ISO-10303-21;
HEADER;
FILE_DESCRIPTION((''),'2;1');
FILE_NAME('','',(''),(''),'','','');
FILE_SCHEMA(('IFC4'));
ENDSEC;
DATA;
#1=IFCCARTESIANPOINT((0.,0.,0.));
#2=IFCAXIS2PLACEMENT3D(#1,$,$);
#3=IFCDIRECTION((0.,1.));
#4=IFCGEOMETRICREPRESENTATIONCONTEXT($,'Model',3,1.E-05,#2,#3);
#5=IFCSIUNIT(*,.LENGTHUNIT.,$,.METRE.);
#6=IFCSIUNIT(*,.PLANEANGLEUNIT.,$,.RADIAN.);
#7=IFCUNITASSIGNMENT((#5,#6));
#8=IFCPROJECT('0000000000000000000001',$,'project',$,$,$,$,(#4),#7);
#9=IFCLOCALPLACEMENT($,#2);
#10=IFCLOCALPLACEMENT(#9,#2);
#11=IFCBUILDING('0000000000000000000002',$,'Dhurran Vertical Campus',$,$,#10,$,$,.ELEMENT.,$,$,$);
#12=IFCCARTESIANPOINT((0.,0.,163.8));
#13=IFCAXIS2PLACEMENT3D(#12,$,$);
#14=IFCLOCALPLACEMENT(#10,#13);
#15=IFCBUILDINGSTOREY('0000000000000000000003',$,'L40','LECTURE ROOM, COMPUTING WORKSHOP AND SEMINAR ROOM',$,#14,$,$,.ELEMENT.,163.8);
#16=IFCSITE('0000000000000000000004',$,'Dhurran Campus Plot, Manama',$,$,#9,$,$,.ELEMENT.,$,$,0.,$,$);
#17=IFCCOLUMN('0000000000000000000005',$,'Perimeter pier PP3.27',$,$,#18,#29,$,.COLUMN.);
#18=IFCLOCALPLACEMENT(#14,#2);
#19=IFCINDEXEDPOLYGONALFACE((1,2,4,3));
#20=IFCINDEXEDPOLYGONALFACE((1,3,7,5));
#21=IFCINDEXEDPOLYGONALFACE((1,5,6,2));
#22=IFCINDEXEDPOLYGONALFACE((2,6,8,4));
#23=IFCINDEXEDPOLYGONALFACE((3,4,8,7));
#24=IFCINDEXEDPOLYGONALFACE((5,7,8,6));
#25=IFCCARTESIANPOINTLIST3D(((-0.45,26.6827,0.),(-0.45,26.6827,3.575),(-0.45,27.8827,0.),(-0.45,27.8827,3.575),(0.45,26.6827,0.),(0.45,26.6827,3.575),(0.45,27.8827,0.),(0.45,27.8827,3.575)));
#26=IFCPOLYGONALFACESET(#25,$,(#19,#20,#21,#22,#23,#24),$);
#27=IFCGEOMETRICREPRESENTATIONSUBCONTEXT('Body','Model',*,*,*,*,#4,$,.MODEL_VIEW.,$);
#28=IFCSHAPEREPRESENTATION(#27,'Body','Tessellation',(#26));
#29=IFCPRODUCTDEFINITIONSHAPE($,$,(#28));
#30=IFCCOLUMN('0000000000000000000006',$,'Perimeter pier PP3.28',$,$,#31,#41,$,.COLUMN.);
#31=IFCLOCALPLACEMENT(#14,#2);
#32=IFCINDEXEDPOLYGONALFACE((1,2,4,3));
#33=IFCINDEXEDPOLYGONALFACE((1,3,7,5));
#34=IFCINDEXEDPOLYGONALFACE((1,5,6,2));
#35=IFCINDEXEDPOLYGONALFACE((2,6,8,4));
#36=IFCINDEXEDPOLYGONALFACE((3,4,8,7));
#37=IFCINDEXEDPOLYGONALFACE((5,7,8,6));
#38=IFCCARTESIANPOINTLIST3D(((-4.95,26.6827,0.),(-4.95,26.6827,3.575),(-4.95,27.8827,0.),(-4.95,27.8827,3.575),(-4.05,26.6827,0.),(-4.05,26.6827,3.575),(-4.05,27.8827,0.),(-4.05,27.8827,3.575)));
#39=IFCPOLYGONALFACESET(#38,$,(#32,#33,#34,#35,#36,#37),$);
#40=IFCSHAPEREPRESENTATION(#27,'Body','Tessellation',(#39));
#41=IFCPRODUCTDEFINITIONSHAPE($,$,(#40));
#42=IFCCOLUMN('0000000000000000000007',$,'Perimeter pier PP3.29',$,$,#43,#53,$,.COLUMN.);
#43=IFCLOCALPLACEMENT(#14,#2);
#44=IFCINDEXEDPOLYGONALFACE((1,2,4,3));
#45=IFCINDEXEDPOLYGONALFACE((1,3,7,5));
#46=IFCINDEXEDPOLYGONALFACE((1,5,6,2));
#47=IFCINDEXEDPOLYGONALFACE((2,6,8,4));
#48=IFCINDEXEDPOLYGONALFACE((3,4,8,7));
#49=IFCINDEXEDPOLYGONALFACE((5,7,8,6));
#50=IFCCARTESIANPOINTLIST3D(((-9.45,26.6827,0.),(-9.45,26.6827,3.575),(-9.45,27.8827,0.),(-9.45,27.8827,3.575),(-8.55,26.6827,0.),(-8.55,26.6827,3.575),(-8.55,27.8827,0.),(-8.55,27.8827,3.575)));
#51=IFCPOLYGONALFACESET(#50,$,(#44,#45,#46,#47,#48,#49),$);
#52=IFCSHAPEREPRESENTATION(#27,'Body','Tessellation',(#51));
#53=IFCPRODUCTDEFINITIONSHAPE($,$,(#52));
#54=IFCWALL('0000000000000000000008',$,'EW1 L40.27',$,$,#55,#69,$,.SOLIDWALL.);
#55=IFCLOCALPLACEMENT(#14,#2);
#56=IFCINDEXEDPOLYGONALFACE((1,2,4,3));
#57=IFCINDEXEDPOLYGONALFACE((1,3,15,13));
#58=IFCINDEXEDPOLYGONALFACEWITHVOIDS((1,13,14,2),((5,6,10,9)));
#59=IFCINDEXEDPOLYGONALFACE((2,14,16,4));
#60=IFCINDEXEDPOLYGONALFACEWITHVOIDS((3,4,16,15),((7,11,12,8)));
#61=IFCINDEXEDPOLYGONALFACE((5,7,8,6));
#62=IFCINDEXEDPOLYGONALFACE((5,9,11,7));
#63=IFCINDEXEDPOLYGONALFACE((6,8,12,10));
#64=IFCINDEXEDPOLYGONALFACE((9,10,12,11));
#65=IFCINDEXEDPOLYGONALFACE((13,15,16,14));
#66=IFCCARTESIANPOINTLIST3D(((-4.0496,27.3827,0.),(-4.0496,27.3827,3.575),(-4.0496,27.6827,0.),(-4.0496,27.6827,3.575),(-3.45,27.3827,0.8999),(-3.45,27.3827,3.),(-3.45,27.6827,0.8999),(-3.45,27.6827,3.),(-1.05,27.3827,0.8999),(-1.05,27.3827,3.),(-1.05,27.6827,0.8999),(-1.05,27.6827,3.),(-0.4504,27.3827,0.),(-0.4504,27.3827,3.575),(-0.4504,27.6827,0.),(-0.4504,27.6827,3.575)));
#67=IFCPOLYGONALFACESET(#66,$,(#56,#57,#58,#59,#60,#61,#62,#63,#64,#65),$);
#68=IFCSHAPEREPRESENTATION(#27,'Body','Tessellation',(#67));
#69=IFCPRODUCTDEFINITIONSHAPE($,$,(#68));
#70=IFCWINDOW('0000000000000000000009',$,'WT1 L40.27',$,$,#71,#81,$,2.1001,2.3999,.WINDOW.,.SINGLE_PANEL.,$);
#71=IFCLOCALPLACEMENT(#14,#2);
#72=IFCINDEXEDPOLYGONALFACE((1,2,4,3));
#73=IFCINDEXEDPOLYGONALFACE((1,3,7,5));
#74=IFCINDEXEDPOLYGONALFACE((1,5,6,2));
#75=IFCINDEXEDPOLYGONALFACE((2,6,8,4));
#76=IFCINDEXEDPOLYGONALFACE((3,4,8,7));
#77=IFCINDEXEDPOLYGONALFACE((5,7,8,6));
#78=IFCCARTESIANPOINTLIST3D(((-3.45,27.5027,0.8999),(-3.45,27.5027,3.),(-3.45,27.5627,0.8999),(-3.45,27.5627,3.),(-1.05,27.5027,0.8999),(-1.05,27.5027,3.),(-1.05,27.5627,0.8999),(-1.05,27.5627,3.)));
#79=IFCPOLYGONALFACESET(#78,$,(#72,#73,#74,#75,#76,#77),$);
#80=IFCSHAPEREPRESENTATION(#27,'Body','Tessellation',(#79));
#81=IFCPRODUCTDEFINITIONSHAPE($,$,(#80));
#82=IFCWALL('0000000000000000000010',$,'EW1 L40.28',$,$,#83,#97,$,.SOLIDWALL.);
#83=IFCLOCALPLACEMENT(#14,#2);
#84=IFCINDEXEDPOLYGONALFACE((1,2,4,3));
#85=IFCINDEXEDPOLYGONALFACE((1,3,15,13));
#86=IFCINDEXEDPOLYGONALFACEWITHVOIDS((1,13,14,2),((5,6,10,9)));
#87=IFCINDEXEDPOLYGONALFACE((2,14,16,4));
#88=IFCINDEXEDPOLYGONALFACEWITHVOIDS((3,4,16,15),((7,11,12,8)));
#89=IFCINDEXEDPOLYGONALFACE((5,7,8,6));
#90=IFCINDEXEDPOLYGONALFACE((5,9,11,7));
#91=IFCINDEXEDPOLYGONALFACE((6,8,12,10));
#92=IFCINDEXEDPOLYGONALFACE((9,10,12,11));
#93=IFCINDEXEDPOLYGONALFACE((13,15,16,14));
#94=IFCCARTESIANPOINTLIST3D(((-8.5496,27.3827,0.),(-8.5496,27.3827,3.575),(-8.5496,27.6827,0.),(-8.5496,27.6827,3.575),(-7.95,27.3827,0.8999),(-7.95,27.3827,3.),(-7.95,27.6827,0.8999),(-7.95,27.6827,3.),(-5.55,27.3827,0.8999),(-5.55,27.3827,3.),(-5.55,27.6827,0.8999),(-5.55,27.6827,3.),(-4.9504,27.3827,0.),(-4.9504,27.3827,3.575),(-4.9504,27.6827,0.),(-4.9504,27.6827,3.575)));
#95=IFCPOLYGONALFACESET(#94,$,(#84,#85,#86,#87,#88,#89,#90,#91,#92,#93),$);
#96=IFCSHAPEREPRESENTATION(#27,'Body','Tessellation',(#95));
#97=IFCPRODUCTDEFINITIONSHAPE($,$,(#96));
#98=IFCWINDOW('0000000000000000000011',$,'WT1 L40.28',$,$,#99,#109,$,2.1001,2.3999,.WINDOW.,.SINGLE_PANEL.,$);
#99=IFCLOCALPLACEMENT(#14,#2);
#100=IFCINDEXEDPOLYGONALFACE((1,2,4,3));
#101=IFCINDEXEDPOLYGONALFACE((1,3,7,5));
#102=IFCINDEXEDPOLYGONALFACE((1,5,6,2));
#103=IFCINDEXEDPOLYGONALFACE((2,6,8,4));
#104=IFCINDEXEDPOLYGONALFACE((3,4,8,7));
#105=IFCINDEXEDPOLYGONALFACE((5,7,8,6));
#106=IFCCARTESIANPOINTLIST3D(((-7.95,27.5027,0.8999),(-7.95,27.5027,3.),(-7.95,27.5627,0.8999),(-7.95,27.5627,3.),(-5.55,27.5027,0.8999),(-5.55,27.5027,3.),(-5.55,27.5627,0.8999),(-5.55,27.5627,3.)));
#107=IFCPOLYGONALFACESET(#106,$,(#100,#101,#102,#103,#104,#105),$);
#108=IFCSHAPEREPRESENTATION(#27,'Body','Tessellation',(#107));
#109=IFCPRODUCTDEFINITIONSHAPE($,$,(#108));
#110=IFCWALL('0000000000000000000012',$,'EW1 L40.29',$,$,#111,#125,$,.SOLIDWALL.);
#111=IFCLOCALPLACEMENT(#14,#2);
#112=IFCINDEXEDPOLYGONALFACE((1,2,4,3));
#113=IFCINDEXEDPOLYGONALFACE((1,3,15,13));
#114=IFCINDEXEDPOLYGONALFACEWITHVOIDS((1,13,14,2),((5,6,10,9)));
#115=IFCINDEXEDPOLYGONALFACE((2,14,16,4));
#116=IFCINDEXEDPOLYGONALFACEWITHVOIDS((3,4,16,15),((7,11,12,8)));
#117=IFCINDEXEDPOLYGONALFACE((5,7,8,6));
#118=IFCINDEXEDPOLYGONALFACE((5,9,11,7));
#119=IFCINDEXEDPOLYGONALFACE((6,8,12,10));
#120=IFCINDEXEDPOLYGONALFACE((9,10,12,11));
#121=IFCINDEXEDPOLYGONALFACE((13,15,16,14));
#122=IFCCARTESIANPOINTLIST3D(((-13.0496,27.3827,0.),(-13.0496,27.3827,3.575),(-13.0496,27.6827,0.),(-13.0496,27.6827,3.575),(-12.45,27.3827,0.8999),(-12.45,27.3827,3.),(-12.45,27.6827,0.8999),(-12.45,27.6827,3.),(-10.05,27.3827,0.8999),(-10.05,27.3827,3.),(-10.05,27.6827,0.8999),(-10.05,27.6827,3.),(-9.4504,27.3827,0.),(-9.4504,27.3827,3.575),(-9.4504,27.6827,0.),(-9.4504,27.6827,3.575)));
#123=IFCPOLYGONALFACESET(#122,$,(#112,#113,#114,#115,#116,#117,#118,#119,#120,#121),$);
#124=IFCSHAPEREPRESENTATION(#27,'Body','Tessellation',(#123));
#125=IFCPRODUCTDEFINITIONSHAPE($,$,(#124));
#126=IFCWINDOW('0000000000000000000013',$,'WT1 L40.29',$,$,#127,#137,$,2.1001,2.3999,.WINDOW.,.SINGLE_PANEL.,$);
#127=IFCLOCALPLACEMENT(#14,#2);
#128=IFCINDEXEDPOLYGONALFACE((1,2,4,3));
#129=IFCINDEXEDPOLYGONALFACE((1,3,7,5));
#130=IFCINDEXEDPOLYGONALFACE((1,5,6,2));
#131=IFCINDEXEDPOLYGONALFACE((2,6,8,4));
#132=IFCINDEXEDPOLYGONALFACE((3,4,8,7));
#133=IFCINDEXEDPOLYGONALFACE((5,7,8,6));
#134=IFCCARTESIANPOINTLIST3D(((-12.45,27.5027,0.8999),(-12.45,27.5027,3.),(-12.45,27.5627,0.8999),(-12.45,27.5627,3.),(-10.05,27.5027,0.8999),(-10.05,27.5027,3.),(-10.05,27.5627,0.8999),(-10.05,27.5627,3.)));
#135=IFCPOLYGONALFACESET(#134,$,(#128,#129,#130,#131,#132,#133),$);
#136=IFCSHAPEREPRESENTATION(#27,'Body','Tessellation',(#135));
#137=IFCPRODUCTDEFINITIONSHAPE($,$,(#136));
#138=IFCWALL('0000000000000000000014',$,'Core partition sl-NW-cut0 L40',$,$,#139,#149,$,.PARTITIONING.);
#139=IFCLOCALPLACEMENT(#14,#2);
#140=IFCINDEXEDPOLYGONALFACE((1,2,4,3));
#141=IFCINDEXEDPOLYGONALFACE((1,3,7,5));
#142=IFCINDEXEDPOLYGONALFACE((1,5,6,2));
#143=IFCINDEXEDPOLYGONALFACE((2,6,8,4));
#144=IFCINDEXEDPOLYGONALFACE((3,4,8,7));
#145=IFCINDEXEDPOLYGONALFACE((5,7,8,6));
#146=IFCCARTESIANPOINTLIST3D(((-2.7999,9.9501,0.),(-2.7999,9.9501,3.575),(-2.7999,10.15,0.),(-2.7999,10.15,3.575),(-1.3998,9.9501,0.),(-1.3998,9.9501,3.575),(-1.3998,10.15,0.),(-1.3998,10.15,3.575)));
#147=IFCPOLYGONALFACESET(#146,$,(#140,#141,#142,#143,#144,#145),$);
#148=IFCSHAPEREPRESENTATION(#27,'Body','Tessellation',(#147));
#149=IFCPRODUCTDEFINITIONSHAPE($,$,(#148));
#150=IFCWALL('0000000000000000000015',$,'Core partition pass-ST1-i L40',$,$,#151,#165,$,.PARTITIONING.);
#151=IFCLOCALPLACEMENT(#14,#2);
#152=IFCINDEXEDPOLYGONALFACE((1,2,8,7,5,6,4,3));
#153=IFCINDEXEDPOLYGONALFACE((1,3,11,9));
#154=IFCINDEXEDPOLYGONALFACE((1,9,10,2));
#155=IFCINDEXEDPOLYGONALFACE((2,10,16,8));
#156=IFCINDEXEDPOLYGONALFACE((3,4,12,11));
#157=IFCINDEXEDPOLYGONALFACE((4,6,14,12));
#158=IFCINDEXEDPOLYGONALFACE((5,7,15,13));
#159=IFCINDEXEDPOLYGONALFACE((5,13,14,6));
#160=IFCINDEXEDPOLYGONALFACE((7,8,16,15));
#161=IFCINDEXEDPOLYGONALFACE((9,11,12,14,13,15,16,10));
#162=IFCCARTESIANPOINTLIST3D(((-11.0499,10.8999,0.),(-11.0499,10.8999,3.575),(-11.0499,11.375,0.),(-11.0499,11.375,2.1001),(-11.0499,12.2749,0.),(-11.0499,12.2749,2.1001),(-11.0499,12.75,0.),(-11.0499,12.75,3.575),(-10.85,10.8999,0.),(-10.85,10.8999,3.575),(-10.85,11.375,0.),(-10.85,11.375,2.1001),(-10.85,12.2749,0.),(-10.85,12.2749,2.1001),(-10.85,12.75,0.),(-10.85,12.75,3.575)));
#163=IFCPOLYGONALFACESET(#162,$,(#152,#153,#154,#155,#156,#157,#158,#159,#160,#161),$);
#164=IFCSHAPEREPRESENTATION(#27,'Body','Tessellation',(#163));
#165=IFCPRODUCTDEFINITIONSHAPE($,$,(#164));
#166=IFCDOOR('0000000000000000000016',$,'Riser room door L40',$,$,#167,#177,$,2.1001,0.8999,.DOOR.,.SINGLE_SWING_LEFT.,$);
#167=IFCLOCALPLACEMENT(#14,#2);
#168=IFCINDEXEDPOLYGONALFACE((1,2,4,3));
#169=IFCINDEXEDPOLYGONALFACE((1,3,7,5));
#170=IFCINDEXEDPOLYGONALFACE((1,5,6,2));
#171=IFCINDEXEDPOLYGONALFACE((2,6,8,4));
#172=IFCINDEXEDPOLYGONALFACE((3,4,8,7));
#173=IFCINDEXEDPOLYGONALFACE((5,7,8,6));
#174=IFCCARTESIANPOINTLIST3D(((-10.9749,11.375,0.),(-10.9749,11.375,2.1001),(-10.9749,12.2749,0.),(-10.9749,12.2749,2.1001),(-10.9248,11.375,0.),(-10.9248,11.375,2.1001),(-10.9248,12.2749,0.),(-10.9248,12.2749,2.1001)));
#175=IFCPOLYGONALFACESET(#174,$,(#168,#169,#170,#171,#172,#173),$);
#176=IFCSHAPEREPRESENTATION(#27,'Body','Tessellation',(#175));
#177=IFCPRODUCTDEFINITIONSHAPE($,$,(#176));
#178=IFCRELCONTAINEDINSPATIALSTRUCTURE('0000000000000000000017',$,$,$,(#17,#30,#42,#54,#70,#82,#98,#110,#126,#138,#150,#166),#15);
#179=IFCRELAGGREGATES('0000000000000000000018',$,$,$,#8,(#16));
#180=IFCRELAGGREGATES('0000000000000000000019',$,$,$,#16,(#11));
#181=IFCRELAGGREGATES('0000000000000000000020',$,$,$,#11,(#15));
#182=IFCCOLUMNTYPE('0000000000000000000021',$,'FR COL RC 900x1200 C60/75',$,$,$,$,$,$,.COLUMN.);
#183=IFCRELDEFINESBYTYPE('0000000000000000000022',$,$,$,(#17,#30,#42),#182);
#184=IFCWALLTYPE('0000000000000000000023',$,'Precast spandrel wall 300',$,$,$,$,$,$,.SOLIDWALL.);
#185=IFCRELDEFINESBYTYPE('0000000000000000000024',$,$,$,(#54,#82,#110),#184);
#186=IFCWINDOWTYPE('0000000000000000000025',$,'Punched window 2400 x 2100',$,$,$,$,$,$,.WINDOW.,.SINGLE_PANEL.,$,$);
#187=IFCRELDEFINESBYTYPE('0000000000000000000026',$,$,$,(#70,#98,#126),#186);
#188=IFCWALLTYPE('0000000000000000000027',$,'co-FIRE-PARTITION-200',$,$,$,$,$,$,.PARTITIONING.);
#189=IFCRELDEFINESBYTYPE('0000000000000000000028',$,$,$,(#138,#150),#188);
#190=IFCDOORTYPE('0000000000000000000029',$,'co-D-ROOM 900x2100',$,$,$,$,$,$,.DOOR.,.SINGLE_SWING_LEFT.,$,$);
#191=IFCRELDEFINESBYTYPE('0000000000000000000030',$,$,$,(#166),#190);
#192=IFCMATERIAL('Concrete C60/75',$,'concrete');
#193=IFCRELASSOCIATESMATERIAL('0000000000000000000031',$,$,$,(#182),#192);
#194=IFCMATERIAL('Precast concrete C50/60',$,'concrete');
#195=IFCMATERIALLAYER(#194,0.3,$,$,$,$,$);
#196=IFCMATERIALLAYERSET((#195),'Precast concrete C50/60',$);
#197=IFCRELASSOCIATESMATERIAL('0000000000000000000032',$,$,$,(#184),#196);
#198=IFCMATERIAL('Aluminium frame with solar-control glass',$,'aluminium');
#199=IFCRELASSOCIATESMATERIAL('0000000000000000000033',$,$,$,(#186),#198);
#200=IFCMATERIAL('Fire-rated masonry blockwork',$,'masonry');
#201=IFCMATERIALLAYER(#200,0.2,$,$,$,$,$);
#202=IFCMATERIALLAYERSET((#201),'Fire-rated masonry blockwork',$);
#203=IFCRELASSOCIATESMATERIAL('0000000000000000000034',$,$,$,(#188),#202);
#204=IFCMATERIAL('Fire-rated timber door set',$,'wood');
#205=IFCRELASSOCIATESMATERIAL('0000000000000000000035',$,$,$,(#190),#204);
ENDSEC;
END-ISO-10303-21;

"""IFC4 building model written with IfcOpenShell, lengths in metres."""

from ifc_helpers import new_model, si_unit, direction, frame, frame_2d, origin, origin_2d, place, context, subcontext, project, spatial, rectangle, extrude, material, layer, layer_set, material_profile, profile_set, type_object, element, fill, save


model = new_model("IFC4")

# Units and contexts
model_context = context("Model", 3, precision=1e-05, world=origin(), true_north=direction((0.0, 1.0)))
body_context = subcontext(model_context, "Body", "Model", "MODEL_VIEW")
ifc_project = project(units=[si_unit("LENGTHUNIT", "METRE"), si_unit("PLANEANGLEUNIT", "RADIAN")], contexts=[model_context])

# Site, building, storey
site_placement = place(None, origin())
site = spatial("IfcSite", under=ifc_project, at=site_placement, Name="Dhurran Campus Plot, Manama", CompositionType="ELEMENT", RefElevation=0.0)
building_placement = place(site_placement, origin())
building = spatial("IfcBuilding", under=site, at=building_placement, Name="Dhurran Vertical Campus", CompositionType="ELEMENT")
storey_placement = place(building_placement, frame((0.0, 0.0, 163.8)))
storey = spatial("IfcBuildingStorey", under=building, at=storey_placement, Name="L40", Description="LECTURE ROOM, COMPUTING WORKSHOP AND SEMINAR ROOM", CompositionType="ELEMENT", Elevation=163.8)

# Columns
ifc_material_1 = material(Name="Concrete C60/75", Category="concrete")
ifc_material_profile = material_profile(ifc_material_1, rectangle(XDim=0.8999, YDim=1.2, at=origin_2d()), Name="RC 900x1200")
ifc_profile_set = profile_set([ifc_material_profile], Name="Concrete C60/75")
column_type = type_object("IfcColumnType", Name="FR COL RC 900x1200 C60/75", PredefinedType="COLUMN", material=ifc_profile_set)
for number, where, z_axis, x_axis, name in (
    (1, (0.0, 27.2827, 0.0), (0.0, 0.0, 1.0), (-1.0, 0.0, 0.0), "Perimeter pier PP3.27"),
    (2, (-4.5, 27.2827, 0.0), (0.0, 0.0, 1.0), (-1.0, 0.0, 0.0), "Perimeter pier PP3.28"),
    (3, (-9.0, 27.2827, 0.0), (0.0, 0.0, 1.0), (-1.0, 0.0, 0.0), "Perimeter pier PP3.29"),
):
    element("IfcColumn", number, at=place(storey_placement, frame(where, z_axis=z_axis, x_axis=x_axis)), inside=storey, type_object=column_type, Name=name, PredefinedType="COLUMN", context=body_context, shape_type="SweptSolid", body=[
        extrude(rectangle(XDim=0.8999, YDim=1.2, at=origin_2d()), origin(), (0.0, 0.0, 1.0), 3.575),
    ])

# Walls, openings, windows
ifc_material_2 = material(Name="Precast concrete C50/60", Category="concrete")
ifc_layer_1 = layer(ifc_material_2, 0.3)
ifc_layer_set_1 = layer_set([ifc_layer_1], Name="Precast concrete C50/60")
wall_type_1 = type_object("IfcWallType", Name="Precast spandrel wall 300", PredefinedType="SOLIDWALL", material=ifc_layer_set_1)
wall_1_placement = place(storey_placement, frame((-0.4504, 27.5327, 0.0), z_axis=(0.0, 0.0, 1.0), x_axis=(-1.0, 0.0, 0.0)))
wall_1 = element("IfcWall", 4, at=wall_1_placement, inside=storey, type_object=wall_type_1, Name="EW1 L40.27", PredefinedType="SOLIDWALL", context=body_context, shape_type="SweptSolid", body=[
    extrude(rectangle(XDim=3.5991, YDim=0.3, at=frame_2d((1.7996, 0.0))), origin(), (0.0, 0.0, 1.0), 3.575),
])
opening_1_placement = place(wall_1_placement, frame((0.5996, 0.0, 0.8999)))
opening_1 = element("IfcOpeningElement", 5, at=opening_1_placement, cuts=wall_1, PredefinedType="OPENING", context=body_context, shape_type="SweptSolid", body=[
    extrude(rectangle(XDim=2.3999, YDim=2.1001, at=frame_2d((1.2, 1.05))), frame((0.0, 0.1599, 0.0), z_axis=(0.0, -1.0, 0.0), x_axis=(1.0, 0.0, 0.0)), (0.0, 0.0, 1.0), 0.3201),
])
ifc_material_3 = material(Name="Aluminium frame with solar-control glass", Category="aluminium")
window_type = type_object("IfcWindowType", Name="Punched window 2400 x 2100", PartitioningType="SINGLE_PANEL", PredefinedType="WINDOW", material=ifc_material_3)
window_1_placement = place(opening_1_placement, origin())
window_1 = element("IfcWindow", 6, at=window_1_placement, inside=storey, type_object=window_type, Name="WT1 L40.27", OverallHeight=2.1001, OverallWidth=2.3999, PartitioningType="SINGLE_PANEL", PredefinedType="WINDOW", context=body_context, shape_type="SweptSolid", body=[
    extrude(rectangle(XDim=2.3999, YDim=2.1001, at=frame_2d((1.2, 1.05))), frame((0.0, 0.03, 0.0), z_axis=(0.0, -1.0, 0.0), x_axis=(1.0, 0.0, 0.0)), (0.0, 0.0, 1.0), 0.0601),
])
fill(opening_1, window_1)
wall_2_placement = place(storey_placement, frame((-4.9504, 27.5327, 0.0), z_axis=(0.0, 0.0, 1.0), x_axis=(-1.0, 0.0, 0.0)))
wall_2 = element("IfcWall", 7, at=wall_2_placement, inside=storey, type_object=wall_type_1, Name="EW1 L40.28", PredefinedType="SOLIDWALL", context=body_context, shape_type="SweptSolid", body=[
    extrude(rectangle(XDim=3.5991, YDim=0.3, at=frame_2d((1.7996, 0.0))), origin(), (0.0, 0.0, 1.0), 3.575),
])
opening_2_placement = place(wall_2_placement, frame((0.5996, 0.0, 0.8999)))
opening_2 = element("IfcOpeningElement", 8, at=opening_2_placement, cuts=wall_2, PredefinedType="OPENING", context=body_context, shape_type="SweptSolid", body=[
    extrude(rectangle(XDim=2.3999, YDim=2.1001, at=frame_2d((1.2, 1.05))), frame((0.0, 0.1599, 0.0), z_axis=(0.0, -1.0, 0.0), x_axis=(1.0, 0.0, 0.0)), (0.0, 0.0, 1.0), 0.3201),
])
window_2_placement = place(opening_2_placement, origin())
window_2 = element("IfcWindow", 9, at=window_2_placement, inside=storey, type_object=window_type, Name="WT1 L40.28", OverallHeight=2.1001, OverallWidth=2.3999, PartitioningType="SINGLE_PANEL", PredefinedType="WINDOW", context=body_context, shape_type="SweptSolid", body=[
    extrude(rectangle(XDim=2.3999, YDim=2.1001, at=frame_2d((1.2, 1.05))), frame((0.0, 0.03, 0.0), z_axis=(0.0, -1.0, 0.0), x_axis=(1.0, 0.0, 0.0)), (0.0, 0.0, 1.0), 0.0601),
])
fill(opening_2, window_2)
wall_3_placement = place(storey_placement, frame((-9.4504, 27.5327, 0.0), z_axis=(0.0, 0.0, 1.0), x_axis=(-1.0, 0.0, 0.0)))
wall_3 = element("IfcWall", 10, at=wall_3_placement, inside=storey, type_object=wall_type_1, Name="EW1 L40.29", PredefinedType="SOLIDWALL", context=body_context, shape_type="SweptSolid", body=[
    extrude(rectangle(XDim=3.5991, YDim=0.3, at=frame_2d((1.7996, 0.0))), origin(), (0.0, 0.0, 1.0), 3.575),
])
opening_3_placement = place(wall_3_placement, frame((0.5996, 0.0, 0.8999)))
opening_3 = element("IfcOpeningElement", 11, at=opening_3_placement, cuts=wall_3, PredefinedType="OPENING", context=body_context, shape_type="SweptSolid", body=[
    extrude(rectangle(XDim=2.3999, YDim=2.1001, at=frame_2d((1.2, 1.05))), frame((0.0, 0.1599, 0.0), z_axis=(0.0, -1.0, 0.0), x_axis=(1.0, 0.0, 0.0)), (0.0, 0.0, 1.0), 0.3201),
])
window_3_placement = place(opening_3_placement, origin())
window_3 = element("IfcWindow", 12, at=window_3_placement, inside=storey, type_object=window_type, Name="WT1 L40.29", OverallHeight=2.1001, OverallWidth=2.3999, PartitioningType="SINGLE_PANEL", PredefinedType="WINDOW", context=body_context, shape_type="SweptSolid", body=[
    extrude(rectangle(XDim=2.3999, YDim=2.1001, at=frame_2d((1.2, 1.05))), frame((0.0, 0.03, 0.0), z_axis=(0.0, -1.0, 0.0), x_axis=(1.0, 0.0, 0.0)), (0.0, 0.0, 1.0), 0.0601),
])
fill(opening_3, window_3)

# Wall
ifc_material_4 = material(Name="Fire-rated masonry blockwork", Category="masonry")
ifc_layer_2 = layer(ifc_material_4, 0.2)
ifc_layer_set_2 = layer_set([ifc_layer_2], Name="Fire-rated masonry blockwork")
wall_type_2 = type_object("IfcWallType", Name="co-FIRE-PARTITION-200", PredefinedType="PARTITIONING", material=ifc_layer_set_2)
wall_4_placement = place(storey_placement, frame((-2.8, 10.05, 0.0), z_axis=(0.0, 0.0, 1.0), x_axis=(1.0, 0.0, 0.0)))
element("IfcWall", 13, at=wall_4_placement, inside=storey, type_object=wall_type_2, Name="Core partition sl-NW-cut0 L40", PredefinedType="PARTITIONING", context=body_context, shape_type="SweptSolid", body=[
    extrude(rectangle(XDim=1.4001, YDim=0.2, at=frame_2d((0.7002, 0.0))), origin(), (0.0, 0.0, 1.0), 3.575),
])

# Wall, opening, door
wall_5_placement = place(storey_placement, frame((-10.95, 10.8999, 0.0), z_axis=(0.0, 0.0, 1.0), x_axis=(0.0, 1.0, 0.0)))
wall_5 = element("IfcWall", 14, at=wall_5_placement, inside=storey, type_object=wall_type_2, Name="Core partition pass-ST1-i L40", PredefinedType="PARTITIONING", context=body_context, shape_type="SweptSolid", body=[
    extrude(rectangle(XDim=1.8501, YDim=0.2, at=frame_2d((0.925, 0.0))), origin(), (0.0, 0.0, 1.0), 3.575),
])
opening_4_placement = place(wall_5_placement, frame((0.4751, 0.0, 0.0)))
opening_4 = element("IfcOpeningElement", 15, at=opening_4_placement, cuts=wall_5, PredefinedType="OPENING", context=body_context, shape_type="SweptSolid", body=[
    extrude(rectangle(XDim=0.8999, YDim=2.1001, at=frame_2d((0.45, 1.05))), frame((0.0, 0.1099, 0.0), z_axis=(0.0, -1.0, 0.0), x_axis=(1.0, 0.0, 0.0)), (0.0, 0.0, 1.0), 0.22),
])
ifc_material_5 = material(Name="Fire-rated timber door set", Category="wood")
door_type_1 = type_object("IfcDoorType", Name="co-D-ROOM 900x2100", OperationType="SINGLE_SWING_LEFT", PredefinedType="DOOR", material=ifc_material_5)
door_1_placement = place(opening_4_placement, origin())
door_1 = element("IfcDoor", 16, at=door_1_placement, inside=storey, type_object=door_type_1, Name="Riser room door L40", OperationType="SINGLE_SWING_LEFT", OverallHeight=2.1001, OverallWidth=0.8999, PredefinedType="DOOR", context=body_context, shape_type="SweptSolid", body=[
    extrude(rectangle(XDim=0.8999, YDim=2.1001, at=frame_2d((0.45, 1.05))), frame((0.0, 0.0249, 0.0), z_axis=(0.0, -1.0, 0.0), x_axis=(1.0, 0.0, 0.0)), (0.0, 0.0, 1.0), 0.05),
])
fill(opening_4, door_1)

save(model, "model.ifc")
